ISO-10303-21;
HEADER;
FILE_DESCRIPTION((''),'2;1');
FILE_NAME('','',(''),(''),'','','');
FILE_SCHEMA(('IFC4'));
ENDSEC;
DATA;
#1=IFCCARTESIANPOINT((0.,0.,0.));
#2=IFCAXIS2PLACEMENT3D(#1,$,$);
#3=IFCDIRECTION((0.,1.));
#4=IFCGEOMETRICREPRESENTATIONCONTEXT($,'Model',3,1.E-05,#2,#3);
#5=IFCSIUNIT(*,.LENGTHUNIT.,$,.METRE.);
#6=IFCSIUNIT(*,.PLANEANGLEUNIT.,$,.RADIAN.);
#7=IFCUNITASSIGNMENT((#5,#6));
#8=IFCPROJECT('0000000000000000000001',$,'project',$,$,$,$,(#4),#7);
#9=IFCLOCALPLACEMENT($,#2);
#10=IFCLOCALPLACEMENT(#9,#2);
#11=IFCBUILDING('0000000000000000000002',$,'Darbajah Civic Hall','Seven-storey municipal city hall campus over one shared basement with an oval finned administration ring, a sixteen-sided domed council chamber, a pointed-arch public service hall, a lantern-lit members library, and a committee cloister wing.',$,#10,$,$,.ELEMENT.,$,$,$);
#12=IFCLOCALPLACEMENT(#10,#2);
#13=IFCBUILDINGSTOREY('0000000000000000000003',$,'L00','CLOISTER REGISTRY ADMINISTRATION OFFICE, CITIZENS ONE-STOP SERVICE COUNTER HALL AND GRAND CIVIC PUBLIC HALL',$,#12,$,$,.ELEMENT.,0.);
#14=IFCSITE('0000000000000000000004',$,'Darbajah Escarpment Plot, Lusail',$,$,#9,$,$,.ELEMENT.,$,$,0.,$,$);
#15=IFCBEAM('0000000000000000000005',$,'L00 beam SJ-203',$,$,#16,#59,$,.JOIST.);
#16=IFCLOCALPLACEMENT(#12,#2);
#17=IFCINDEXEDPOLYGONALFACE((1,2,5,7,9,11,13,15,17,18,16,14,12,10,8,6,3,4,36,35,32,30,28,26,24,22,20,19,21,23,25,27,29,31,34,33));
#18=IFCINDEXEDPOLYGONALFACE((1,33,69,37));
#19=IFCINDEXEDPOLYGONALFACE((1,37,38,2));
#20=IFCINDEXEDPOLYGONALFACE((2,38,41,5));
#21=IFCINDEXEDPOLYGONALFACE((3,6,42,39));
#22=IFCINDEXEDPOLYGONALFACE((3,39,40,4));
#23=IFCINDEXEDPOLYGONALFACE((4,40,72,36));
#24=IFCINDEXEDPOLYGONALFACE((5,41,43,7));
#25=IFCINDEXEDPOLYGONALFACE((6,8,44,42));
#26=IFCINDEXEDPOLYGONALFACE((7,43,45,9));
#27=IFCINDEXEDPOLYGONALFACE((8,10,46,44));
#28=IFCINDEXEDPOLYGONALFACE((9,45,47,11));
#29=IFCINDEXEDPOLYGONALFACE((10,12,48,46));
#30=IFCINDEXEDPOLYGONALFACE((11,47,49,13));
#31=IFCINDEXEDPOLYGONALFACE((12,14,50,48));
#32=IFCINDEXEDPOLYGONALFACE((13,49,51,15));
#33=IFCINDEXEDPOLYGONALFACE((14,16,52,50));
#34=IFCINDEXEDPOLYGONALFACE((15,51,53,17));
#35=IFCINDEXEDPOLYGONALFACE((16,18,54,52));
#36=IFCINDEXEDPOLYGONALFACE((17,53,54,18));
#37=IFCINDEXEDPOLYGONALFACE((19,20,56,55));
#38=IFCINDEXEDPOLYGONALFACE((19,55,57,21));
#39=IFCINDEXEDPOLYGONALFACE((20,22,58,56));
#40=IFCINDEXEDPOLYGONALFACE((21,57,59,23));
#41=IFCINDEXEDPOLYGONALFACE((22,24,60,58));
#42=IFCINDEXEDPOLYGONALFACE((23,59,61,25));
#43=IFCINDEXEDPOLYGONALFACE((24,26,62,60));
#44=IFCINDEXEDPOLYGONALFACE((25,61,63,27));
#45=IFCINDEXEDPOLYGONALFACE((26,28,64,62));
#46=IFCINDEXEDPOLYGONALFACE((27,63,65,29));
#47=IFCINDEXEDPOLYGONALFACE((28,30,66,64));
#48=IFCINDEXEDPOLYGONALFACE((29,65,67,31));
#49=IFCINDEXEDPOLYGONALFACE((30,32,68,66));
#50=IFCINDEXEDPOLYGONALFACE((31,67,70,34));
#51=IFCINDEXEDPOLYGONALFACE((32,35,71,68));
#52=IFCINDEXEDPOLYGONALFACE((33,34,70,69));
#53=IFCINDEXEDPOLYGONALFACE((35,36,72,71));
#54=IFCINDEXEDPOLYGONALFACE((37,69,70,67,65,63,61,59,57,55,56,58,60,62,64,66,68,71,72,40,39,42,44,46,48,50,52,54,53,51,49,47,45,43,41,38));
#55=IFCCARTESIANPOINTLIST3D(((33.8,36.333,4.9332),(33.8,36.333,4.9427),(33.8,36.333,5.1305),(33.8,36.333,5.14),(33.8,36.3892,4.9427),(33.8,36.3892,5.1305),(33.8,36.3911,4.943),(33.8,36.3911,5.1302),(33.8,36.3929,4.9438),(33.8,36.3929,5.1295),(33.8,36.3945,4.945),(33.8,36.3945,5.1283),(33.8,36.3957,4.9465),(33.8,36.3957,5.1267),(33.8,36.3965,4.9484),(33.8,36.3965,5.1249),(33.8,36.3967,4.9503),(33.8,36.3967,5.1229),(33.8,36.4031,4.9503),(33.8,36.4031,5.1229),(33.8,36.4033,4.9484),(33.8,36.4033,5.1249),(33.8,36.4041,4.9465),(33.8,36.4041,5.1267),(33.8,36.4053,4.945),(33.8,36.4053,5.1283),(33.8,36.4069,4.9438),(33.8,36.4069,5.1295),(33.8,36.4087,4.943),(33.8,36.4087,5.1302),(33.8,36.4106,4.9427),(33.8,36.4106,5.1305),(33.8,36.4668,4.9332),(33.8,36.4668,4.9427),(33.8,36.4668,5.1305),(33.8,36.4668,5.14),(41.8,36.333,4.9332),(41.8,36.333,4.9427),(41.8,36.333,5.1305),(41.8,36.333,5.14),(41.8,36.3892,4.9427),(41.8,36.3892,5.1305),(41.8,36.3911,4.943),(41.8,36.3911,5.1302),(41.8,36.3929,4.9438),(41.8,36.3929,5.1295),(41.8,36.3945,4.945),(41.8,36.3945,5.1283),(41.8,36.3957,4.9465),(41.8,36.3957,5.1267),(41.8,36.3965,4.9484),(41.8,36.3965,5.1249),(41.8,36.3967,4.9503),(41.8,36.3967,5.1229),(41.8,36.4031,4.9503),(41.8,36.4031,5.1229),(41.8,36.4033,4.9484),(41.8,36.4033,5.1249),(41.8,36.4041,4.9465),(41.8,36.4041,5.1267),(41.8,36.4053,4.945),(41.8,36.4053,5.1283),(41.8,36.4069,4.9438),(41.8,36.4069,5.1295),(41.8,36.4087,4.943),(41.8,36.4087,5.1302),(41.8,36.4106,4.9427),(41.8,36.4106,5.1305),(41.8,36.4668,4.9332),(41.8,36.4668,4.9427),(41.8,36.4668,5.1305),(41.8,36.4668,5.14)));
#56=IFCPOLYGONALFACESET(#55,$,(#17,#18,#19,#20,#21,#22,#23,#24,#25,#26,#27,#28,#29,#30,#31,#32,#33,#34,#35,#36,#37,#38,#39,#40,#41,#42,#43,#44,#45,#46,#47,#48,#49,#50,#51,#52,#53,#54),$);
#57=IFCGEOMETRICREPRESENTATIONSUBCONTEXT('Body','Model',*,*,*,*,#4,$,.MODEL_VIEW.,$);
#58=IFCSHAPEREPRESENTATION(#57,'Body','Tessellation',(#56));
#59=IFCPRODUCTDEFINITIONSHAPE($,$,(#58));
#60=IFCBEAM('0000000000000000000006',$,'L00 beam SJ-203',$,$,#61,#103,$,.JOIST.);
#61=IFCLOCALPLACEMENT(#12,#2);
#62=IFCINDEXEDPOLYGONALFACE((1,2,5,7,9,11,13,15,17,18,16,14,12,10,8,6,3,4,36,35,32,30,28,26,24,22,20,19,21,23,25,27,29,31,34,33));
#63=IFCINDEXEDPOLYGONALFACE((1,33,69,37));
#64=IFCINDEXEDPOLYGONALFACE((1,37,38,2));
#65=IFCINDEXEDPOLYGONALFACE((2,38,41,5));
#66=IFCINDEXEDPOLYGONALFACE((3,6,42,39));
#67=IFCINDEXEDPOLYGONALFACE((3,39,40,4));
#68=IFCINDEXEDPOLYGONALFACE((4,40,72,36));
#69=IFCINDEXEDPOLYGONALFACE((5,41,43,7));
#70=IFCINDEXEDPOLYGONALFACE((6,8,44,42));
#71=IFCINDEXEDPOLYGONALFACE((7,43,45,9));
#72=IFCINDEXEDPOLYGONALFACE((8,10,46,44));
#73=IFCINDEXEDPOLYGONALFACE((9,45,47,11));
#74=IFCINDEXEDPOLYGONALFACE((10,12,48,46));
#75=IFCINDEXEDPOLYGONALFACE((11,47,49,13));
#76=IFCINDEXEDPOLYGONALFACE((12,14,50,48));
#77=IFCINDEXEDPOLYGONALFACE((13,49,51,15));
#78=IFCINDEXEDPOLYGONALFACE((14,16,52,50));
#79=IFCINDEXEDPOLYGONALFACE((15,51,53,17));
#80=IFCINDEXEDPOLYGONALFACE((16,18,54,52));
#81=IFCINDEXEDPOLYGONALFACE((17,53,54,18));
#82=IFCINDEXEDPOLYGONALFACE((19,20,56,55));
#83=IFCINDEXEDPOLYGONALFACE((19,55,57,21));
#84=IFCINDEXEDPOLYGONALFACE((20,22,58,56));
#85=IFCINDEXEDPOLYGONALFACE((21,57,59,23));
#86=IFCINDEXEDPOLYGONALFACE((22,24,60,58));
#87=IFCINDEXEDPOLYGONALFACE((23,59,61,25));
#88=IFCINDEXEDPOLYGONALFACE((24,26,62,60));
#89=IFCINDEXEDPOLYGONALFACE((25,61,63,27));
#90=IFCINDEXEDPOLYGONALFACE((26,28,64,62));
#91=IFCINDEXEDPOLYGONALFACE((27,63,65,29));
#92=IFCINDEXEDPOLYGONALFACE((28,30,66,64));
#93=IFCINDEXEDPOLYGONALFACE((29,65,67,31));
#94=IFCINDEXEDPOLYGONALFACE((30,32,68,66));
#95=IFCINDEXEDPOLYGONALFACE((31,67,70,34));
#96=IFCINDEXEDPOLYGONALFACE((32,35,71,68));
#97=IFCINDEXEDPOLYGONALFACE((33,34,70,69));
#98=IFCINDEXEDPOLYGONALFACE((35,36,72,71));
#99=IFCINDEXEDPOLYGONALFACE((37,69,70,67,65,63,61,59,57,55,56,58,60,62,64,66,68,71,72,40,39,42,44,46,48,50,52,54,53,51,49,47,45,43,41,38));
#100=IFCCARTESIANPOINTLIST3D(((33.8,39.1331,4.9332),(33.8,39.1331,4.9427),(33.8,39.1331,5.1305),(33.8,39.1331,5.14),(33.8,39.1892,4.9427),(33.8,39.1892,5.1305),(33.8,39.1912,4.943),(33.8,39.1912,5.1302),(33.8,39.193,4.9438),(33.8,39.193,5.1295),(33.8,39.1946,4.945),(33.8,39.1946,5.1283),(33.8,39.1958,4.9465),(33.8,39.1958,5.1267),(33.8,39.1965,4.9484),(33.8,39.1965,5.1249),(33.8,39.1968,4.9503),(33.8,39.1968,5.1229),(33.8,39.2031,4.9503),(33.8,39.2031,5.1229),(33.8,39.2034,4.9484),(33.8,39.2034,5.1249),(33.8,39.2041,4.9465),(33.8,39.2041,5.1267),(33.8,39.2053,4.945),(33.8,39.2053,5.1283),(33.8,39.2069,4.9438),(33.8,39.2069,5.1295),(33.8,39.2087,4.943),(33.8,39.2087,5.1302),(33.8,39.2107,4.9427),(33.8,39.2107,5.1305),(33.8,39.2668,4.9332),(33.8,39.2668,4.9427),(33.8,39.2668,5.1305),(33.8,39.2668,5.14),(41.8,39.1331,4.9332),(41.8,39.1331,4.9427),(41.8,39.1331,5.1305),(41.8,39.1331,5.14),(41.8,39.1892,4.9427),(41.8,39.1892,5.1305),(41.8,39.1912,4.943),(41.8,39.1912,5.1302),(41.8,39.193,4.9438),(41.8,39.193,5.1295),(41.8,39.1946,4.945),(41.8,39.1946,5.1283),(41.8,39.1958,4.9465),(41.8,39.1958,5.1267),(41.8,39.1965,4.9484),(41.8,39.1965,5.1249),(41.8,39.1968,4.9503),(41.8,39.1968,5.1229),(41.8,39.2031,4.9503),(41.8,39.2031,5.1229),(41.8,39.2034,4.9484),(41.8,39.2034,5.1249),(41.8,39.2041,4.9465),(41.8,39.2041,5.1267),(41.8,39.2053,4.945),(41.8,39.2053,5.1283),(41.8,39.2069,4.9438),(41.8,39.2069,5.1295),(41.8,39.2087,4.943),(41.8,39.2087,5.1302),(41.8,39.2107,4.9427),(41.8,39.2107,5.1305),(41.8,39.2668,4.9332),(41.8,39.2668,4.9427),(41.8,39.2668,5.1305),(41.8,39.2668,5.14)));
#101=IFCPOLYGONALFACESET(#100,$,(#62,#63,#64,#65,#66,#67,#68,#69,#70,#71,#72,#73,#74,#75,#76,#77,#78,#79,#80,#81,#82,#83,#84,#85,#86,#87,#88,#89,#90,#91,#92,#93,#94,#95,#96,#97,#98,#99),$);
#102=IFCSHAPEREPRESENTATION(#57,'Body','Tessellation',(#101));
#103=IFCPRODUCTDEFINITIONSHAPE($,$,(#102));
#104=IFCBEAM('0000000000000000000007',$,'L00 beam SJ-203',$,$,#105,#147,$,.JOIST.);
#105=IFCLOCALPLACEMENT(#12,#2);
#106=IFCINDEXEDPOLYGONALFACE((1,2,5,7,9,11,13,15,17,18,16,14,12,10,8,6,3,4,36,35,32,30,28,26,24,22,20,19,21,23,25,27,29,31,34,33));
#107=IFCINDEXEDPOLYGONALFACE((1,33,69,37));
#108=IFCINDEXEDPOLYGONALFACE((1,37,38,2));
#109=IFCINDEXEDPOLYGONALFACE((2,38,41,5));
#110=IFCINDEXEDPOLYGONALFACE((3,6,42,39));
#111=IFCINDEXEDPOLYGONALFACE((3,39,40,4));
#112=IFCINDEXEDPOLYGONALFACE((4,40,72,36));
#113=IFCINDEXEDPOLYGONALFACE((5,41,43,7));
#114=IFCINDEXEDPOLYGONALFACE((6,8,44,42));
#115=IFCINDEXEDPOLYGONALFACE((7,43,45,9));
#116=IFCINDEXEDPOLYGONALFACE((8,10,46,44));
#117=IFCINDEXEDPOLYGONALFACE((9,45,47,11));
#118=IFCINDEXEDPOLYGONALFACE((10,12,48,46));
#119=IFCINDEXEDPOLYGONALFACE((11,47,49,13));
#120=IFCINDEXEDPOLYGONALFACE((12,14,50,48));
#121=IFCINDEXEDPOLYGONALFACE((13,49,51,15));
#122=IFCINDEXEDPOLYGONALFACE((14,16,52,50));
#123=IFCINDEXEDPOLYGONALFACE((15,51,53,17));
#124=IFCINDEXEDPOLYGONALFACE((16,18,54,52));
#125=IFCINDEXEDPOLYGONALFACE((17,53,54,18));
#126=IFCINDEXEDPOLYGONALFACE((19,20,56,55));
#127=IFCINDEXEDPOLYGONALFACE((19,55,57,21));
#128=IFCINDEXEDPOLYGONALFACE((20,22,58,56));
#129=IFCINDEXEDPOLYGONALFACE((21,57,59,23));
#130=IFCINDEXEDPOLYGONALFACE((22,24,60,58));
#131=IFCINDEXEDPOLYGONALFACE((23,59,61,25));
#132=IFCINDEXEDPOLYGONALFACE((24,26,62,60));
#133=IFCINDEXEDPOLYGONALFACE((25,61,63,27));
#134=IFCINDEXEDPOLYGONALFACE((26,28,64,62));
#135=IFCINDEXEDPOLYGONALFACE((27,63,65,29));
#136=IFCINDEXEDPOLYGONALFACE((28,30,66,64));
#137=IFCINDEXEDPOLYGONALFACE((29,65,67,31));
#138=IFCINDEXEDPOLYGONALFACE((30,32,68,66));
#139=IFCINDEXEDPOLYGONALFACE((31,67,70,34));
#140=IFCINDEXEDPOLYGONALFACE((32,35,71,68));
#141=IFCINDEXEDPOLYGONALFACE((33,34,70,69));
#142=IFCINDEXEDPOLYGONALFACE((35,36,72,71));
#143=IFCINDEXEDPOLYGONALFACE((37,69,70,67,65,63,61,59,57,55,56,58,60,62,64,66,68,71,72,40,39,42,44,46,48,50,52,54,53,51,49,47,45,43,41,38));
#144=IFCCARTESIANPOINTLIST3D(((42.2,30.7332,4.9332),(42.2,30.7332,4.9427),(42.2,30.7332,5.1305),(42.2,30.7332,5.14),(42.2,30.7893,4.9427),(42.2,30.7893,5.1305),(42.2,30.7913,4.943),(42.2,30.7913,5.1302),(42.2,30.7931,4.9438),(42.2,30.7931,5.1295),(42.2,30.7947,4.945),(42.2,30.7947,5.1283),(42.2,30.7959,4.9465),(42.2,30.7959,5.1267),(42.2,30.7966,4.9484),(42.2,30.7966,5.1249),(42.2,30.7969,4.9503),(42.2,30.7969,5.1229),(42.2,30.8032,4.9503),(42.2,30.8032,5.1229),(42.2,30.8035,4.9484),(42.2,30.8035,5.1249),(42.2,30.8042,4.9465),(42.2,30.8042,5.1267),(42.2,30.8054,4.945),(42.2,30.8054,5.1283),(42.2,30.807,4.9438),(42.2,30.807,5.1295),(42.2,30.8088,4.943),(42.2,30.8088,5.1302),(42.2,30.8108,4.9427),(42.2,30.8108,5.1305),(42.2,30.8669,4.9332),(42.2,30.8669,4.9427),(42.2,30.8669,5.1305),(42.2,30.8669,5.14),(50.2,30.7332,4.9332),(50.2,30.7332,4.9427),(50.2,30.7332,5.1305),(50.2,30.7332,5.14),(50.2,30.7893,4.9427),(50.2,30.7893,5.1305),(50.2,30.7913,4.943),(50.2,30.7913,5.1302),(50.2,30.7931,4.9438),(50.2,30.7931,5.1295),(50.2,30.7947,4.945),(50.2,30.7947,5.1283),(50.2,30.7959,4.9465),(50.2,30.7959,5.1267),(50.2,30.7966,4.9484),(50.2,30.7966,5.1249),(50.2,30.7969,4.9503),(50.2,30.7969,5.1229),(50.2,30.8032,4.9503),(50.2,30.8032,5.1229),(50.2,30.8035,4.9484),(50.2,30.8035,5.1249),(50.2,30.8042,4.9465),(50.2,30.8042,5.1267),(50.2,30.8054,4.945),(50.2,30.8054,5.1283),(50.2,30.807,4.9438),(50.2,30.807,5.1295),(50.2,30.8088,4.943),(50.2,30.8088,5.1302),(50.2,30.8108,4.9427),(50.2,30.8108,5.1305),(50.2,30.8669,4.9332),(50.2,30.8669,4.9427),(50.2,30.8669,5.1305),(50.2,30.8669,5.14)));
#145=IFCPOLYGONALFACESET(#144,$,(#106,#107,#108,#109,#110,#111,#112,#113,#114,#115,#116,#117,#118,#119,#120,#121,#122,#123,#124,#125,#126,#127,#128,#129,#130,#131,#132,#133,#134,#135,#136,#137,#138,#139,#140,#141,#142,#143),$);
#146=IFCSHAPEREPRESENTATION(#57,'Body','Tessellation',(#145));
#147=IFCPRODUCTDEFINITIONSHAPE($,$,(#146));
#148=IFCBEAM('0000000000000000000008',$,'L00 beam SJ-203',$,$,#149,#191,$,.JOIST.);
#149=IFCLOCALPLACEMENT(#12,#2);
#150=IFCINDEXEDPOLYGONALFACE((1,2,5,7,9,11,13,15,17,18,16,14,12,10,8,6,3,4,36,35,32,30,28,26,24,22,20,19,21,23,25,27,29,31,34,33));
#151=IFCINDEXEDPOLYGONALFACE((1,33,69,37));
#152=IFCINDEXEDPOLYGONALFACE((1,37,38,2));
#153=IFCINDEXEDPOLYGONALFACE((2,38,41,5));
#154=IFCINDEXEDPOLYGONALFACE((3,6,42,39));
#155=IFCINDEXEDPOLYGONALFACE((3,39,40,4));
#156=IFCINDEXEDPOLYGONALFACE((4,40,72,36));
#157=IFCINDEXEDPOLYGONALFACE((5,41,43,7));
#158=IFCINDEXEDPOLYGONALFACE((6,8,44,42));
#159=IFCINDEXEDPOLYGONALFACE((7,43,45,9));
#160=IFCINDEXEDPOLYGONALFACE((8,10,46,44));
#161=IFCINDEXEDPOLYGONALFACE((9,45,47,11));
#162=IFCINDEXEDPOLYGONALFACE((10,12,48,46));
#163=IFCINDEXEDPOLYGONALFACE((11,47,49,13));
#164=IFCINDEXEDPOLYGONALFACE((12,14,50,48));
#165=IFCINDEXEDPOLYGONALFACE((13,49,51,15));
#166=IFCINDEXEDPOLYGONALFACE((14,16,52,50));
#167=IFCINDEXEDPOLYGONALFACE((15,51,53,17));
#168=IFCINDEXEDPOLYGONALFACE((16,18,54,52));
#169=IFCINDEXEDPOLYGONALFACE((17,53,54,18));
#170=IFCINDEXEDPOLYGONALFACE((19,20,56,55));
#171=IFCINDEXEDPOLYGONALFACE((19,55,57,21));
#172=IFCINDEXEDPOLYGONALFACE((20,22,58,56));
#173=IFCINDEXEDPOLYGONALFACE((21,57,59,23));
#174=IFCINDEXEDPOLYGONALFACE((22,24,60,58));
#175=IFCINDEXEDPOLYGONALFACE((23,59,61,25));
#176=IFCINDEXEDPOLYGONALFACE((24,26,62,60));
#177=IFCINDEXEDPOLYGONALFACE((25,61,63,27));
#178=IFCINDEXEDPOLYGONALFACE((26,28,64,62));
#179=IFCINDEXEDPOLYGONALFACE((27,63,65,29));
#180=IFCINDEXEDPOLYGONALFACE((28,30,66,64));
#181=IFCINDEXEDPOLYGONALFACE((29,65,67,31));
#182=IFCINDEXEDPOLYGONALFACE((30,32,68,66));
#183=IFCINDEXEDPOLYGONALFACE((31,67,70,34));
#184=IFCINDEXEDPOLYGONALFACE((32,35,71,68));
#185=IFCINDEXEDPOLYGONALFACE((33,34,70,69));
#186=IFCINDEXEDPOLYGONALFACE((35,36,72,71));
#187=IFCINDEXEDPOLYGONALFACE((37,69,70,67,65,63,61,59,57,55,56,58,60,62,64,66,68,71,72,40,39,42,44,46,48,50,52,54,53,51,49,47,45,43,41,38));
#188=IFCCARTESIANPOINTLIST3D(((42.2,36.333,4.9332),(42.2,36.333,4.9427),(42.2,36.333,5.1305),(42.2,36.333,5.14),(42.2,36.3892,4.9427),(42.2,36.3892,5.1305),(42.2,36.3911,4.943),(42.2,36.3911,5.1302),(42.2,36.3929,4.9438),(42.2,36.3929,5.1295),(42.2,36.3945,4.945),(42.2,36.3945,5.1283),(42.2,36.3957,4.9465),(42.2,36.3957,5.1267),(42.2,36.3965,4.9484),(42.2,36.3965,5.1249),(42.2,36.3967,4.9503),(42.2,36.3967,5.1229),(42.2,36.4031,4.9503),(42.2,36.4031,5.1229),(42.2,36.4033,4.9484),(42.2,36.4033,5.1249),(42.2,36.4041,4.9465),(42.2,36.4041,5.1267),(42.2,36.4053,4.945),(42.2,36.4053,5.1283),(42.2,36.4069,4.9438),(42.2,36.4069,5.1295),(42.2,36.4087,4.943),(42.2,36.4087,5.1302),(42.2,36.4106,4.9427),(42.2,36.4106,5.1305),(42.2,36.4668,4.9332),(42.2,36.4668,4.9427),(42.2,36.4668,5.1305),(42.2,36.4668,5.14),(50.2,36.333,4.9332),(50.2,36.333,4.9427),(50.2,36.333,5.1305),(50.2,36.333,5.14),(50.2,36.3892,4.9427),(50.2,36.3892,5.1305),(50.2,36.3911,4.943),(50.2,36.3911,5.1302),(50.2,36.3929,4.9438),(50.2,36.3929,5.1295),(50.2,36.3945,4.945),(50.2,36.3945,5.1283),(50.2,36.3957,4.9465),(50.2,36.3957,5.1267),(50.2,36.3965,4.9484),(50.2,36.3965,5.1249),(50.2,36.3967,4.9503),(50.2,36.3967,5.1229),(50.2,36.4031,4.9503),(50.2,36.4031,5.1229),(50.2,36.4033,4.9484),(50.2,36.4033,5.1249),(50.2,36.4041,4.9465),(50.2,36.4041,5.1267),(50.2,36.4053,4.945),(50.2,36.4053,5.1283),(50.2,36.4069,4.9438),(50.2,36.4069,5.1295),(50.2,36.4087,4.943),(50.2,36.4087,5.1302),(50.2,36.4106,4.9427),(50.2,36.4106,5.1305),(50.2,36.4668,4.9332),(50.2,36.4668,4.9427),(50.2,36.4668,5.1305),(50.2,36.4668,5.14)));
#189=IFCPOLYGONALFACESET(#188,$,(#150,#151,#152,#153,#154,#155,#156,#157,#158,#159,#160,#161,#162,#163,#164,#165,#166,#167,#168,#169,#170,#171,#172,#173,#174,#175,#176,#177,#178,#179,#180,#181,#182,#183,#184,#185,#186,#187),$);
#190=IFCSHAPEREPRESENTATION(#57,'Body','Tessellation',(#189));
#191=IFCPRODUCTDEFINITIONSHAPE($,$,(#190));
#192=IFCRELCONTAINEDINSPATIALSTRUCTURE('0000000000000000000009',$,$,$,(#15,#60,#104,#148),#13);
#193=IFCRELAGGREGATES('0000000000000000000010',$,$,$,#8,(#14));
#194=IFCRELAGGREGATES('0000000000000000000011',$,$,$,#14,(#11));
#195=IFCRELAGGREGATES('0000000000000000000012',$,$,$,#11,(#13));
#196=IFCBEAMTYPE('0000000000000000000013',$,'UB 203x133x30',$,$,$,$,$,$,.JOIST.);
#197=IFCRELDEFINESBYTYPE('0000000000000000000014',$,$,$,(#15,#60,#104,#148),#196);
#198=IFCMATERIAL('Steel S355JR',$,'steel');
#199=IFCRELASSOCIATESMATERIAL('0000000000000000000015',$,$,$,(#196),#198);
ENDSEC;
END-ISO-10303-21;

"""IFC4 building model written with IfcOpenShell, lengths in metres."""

from ifc_helpers import new_model, si_unit, direction, frame, origin, origin_2d, place, context, subcontext, project, spatial, i_section, extrude, material, material_profile, profile_set, type_object, element, save


model = new_model("IFC4")

# Units and contexts
model_context = context("Model", 3, precision=1e-05, world=origin(), true_north=direction((0.0, 1.0)))
body_context = subcontext(model_context, "Body", "Model", "MODEL_VIEW")
ifc_project = project(units=[si_unit("LENGTHUNIT", "METRE"), si_unit("PLANEANGLEUNIT", "RADIAN")], contexts=[model_context])

# Site, building, storey
site_placement = place(None, origin())
site = spatial("IfcSite", under=ifc_project, at=site_placement, Name="Darbajah Escarpment Plot, Lusail", CompositionType="ELEMENT", RefElevation=0.0)
building_placement = place(site_placement, origin())
building = spatial("IfcBuilding", under=site, at=building_placement, Name="Darbajah Civic Hall", Description="Seven-storey municipal city hall campus over one shared basement with an oval finned administration ring, a sixteen-sided domed council chamber, a pointed-arch public service hall, a lantern-lit members library, and a committee cloister wing.", CompositionType="ELEMENT")
storey_placement = place(building_placement, origin())
storey = spatial("IfcBuildingStorey", under=building, at=storey_placement, Name="L00", Description="CLOISTER REGISTRY ADMINISTRATION OFFICE, CITIZENS ONE-STOP SERVICE COUNTER HALL AND GRAND CIVIC PUBLIC HALL", CompositionType="ELEMENT", Elevation=0.0)

# Beams
ifc_material_1 = material(Name="Steel S355JR", Category="steel")
ifc_material_profile_1 = material_profile(ifc_material_1, i_section(OverallWidth=0.1338, OverallDepth=0.2068, WebThickness=0.0063, FlangeThickness=0.0095, FilletRadius=0.0076, at=origin_2d()), Name="UB 203x133x30")
ifc_profile_set_1 = profile_set([ifc_material_profile_1], Name="Steel S355JR")
beam_type_1 = type_object("IfcBeamType", Name="UB 203x133x30", PredefinedType="JOIST", material=ifc_profile_set_1)
for number, where, z_axis, x_axis, name in (
    (1, (33.8, 36.3999, 5.0366), (1.0, 0.0, 0.0), (0.0, 1.0, 0.0), "L00 beam SJ-203"),
    (2, (33.8, 39.2, 5.0366), (1.0, 0.0, 0.0), (0.0, 1.0, 0.0), "L00 beam SJ-203"),
    (3, (42.2, 30.8, 5.0366), (1.0, 0.0, 0.0), (0.0, 1.0, 0.0), "L00 beam SJ-203"),
    (4, (42.2, 36.3999, 5.0366), (1.0, 0.0, 0.0), (0.0, 1.0, 0.0), "L00 beam SJ-203"),
):
    element("IfcBeam", number, at=place(storey_placement, frame(where, z_axis=z_axis, x_axis=x_axis)), inside=storey, type_object=beam_type_1, Name=name, PredefinedType="JOIST", context=body_context, shape_type="SweptSolid", body=[
        extrude(i_section(OverallWidth=0.1338, OverallDepth=0.2068, WebThickness=0.0063, FlangeThickness=0.0095, FilletRadius=0.0076, at=origin_2d()), origin(), (0.0, 0.0, 1.0), 8.0),
    ])

save(model, "model.ifc")
